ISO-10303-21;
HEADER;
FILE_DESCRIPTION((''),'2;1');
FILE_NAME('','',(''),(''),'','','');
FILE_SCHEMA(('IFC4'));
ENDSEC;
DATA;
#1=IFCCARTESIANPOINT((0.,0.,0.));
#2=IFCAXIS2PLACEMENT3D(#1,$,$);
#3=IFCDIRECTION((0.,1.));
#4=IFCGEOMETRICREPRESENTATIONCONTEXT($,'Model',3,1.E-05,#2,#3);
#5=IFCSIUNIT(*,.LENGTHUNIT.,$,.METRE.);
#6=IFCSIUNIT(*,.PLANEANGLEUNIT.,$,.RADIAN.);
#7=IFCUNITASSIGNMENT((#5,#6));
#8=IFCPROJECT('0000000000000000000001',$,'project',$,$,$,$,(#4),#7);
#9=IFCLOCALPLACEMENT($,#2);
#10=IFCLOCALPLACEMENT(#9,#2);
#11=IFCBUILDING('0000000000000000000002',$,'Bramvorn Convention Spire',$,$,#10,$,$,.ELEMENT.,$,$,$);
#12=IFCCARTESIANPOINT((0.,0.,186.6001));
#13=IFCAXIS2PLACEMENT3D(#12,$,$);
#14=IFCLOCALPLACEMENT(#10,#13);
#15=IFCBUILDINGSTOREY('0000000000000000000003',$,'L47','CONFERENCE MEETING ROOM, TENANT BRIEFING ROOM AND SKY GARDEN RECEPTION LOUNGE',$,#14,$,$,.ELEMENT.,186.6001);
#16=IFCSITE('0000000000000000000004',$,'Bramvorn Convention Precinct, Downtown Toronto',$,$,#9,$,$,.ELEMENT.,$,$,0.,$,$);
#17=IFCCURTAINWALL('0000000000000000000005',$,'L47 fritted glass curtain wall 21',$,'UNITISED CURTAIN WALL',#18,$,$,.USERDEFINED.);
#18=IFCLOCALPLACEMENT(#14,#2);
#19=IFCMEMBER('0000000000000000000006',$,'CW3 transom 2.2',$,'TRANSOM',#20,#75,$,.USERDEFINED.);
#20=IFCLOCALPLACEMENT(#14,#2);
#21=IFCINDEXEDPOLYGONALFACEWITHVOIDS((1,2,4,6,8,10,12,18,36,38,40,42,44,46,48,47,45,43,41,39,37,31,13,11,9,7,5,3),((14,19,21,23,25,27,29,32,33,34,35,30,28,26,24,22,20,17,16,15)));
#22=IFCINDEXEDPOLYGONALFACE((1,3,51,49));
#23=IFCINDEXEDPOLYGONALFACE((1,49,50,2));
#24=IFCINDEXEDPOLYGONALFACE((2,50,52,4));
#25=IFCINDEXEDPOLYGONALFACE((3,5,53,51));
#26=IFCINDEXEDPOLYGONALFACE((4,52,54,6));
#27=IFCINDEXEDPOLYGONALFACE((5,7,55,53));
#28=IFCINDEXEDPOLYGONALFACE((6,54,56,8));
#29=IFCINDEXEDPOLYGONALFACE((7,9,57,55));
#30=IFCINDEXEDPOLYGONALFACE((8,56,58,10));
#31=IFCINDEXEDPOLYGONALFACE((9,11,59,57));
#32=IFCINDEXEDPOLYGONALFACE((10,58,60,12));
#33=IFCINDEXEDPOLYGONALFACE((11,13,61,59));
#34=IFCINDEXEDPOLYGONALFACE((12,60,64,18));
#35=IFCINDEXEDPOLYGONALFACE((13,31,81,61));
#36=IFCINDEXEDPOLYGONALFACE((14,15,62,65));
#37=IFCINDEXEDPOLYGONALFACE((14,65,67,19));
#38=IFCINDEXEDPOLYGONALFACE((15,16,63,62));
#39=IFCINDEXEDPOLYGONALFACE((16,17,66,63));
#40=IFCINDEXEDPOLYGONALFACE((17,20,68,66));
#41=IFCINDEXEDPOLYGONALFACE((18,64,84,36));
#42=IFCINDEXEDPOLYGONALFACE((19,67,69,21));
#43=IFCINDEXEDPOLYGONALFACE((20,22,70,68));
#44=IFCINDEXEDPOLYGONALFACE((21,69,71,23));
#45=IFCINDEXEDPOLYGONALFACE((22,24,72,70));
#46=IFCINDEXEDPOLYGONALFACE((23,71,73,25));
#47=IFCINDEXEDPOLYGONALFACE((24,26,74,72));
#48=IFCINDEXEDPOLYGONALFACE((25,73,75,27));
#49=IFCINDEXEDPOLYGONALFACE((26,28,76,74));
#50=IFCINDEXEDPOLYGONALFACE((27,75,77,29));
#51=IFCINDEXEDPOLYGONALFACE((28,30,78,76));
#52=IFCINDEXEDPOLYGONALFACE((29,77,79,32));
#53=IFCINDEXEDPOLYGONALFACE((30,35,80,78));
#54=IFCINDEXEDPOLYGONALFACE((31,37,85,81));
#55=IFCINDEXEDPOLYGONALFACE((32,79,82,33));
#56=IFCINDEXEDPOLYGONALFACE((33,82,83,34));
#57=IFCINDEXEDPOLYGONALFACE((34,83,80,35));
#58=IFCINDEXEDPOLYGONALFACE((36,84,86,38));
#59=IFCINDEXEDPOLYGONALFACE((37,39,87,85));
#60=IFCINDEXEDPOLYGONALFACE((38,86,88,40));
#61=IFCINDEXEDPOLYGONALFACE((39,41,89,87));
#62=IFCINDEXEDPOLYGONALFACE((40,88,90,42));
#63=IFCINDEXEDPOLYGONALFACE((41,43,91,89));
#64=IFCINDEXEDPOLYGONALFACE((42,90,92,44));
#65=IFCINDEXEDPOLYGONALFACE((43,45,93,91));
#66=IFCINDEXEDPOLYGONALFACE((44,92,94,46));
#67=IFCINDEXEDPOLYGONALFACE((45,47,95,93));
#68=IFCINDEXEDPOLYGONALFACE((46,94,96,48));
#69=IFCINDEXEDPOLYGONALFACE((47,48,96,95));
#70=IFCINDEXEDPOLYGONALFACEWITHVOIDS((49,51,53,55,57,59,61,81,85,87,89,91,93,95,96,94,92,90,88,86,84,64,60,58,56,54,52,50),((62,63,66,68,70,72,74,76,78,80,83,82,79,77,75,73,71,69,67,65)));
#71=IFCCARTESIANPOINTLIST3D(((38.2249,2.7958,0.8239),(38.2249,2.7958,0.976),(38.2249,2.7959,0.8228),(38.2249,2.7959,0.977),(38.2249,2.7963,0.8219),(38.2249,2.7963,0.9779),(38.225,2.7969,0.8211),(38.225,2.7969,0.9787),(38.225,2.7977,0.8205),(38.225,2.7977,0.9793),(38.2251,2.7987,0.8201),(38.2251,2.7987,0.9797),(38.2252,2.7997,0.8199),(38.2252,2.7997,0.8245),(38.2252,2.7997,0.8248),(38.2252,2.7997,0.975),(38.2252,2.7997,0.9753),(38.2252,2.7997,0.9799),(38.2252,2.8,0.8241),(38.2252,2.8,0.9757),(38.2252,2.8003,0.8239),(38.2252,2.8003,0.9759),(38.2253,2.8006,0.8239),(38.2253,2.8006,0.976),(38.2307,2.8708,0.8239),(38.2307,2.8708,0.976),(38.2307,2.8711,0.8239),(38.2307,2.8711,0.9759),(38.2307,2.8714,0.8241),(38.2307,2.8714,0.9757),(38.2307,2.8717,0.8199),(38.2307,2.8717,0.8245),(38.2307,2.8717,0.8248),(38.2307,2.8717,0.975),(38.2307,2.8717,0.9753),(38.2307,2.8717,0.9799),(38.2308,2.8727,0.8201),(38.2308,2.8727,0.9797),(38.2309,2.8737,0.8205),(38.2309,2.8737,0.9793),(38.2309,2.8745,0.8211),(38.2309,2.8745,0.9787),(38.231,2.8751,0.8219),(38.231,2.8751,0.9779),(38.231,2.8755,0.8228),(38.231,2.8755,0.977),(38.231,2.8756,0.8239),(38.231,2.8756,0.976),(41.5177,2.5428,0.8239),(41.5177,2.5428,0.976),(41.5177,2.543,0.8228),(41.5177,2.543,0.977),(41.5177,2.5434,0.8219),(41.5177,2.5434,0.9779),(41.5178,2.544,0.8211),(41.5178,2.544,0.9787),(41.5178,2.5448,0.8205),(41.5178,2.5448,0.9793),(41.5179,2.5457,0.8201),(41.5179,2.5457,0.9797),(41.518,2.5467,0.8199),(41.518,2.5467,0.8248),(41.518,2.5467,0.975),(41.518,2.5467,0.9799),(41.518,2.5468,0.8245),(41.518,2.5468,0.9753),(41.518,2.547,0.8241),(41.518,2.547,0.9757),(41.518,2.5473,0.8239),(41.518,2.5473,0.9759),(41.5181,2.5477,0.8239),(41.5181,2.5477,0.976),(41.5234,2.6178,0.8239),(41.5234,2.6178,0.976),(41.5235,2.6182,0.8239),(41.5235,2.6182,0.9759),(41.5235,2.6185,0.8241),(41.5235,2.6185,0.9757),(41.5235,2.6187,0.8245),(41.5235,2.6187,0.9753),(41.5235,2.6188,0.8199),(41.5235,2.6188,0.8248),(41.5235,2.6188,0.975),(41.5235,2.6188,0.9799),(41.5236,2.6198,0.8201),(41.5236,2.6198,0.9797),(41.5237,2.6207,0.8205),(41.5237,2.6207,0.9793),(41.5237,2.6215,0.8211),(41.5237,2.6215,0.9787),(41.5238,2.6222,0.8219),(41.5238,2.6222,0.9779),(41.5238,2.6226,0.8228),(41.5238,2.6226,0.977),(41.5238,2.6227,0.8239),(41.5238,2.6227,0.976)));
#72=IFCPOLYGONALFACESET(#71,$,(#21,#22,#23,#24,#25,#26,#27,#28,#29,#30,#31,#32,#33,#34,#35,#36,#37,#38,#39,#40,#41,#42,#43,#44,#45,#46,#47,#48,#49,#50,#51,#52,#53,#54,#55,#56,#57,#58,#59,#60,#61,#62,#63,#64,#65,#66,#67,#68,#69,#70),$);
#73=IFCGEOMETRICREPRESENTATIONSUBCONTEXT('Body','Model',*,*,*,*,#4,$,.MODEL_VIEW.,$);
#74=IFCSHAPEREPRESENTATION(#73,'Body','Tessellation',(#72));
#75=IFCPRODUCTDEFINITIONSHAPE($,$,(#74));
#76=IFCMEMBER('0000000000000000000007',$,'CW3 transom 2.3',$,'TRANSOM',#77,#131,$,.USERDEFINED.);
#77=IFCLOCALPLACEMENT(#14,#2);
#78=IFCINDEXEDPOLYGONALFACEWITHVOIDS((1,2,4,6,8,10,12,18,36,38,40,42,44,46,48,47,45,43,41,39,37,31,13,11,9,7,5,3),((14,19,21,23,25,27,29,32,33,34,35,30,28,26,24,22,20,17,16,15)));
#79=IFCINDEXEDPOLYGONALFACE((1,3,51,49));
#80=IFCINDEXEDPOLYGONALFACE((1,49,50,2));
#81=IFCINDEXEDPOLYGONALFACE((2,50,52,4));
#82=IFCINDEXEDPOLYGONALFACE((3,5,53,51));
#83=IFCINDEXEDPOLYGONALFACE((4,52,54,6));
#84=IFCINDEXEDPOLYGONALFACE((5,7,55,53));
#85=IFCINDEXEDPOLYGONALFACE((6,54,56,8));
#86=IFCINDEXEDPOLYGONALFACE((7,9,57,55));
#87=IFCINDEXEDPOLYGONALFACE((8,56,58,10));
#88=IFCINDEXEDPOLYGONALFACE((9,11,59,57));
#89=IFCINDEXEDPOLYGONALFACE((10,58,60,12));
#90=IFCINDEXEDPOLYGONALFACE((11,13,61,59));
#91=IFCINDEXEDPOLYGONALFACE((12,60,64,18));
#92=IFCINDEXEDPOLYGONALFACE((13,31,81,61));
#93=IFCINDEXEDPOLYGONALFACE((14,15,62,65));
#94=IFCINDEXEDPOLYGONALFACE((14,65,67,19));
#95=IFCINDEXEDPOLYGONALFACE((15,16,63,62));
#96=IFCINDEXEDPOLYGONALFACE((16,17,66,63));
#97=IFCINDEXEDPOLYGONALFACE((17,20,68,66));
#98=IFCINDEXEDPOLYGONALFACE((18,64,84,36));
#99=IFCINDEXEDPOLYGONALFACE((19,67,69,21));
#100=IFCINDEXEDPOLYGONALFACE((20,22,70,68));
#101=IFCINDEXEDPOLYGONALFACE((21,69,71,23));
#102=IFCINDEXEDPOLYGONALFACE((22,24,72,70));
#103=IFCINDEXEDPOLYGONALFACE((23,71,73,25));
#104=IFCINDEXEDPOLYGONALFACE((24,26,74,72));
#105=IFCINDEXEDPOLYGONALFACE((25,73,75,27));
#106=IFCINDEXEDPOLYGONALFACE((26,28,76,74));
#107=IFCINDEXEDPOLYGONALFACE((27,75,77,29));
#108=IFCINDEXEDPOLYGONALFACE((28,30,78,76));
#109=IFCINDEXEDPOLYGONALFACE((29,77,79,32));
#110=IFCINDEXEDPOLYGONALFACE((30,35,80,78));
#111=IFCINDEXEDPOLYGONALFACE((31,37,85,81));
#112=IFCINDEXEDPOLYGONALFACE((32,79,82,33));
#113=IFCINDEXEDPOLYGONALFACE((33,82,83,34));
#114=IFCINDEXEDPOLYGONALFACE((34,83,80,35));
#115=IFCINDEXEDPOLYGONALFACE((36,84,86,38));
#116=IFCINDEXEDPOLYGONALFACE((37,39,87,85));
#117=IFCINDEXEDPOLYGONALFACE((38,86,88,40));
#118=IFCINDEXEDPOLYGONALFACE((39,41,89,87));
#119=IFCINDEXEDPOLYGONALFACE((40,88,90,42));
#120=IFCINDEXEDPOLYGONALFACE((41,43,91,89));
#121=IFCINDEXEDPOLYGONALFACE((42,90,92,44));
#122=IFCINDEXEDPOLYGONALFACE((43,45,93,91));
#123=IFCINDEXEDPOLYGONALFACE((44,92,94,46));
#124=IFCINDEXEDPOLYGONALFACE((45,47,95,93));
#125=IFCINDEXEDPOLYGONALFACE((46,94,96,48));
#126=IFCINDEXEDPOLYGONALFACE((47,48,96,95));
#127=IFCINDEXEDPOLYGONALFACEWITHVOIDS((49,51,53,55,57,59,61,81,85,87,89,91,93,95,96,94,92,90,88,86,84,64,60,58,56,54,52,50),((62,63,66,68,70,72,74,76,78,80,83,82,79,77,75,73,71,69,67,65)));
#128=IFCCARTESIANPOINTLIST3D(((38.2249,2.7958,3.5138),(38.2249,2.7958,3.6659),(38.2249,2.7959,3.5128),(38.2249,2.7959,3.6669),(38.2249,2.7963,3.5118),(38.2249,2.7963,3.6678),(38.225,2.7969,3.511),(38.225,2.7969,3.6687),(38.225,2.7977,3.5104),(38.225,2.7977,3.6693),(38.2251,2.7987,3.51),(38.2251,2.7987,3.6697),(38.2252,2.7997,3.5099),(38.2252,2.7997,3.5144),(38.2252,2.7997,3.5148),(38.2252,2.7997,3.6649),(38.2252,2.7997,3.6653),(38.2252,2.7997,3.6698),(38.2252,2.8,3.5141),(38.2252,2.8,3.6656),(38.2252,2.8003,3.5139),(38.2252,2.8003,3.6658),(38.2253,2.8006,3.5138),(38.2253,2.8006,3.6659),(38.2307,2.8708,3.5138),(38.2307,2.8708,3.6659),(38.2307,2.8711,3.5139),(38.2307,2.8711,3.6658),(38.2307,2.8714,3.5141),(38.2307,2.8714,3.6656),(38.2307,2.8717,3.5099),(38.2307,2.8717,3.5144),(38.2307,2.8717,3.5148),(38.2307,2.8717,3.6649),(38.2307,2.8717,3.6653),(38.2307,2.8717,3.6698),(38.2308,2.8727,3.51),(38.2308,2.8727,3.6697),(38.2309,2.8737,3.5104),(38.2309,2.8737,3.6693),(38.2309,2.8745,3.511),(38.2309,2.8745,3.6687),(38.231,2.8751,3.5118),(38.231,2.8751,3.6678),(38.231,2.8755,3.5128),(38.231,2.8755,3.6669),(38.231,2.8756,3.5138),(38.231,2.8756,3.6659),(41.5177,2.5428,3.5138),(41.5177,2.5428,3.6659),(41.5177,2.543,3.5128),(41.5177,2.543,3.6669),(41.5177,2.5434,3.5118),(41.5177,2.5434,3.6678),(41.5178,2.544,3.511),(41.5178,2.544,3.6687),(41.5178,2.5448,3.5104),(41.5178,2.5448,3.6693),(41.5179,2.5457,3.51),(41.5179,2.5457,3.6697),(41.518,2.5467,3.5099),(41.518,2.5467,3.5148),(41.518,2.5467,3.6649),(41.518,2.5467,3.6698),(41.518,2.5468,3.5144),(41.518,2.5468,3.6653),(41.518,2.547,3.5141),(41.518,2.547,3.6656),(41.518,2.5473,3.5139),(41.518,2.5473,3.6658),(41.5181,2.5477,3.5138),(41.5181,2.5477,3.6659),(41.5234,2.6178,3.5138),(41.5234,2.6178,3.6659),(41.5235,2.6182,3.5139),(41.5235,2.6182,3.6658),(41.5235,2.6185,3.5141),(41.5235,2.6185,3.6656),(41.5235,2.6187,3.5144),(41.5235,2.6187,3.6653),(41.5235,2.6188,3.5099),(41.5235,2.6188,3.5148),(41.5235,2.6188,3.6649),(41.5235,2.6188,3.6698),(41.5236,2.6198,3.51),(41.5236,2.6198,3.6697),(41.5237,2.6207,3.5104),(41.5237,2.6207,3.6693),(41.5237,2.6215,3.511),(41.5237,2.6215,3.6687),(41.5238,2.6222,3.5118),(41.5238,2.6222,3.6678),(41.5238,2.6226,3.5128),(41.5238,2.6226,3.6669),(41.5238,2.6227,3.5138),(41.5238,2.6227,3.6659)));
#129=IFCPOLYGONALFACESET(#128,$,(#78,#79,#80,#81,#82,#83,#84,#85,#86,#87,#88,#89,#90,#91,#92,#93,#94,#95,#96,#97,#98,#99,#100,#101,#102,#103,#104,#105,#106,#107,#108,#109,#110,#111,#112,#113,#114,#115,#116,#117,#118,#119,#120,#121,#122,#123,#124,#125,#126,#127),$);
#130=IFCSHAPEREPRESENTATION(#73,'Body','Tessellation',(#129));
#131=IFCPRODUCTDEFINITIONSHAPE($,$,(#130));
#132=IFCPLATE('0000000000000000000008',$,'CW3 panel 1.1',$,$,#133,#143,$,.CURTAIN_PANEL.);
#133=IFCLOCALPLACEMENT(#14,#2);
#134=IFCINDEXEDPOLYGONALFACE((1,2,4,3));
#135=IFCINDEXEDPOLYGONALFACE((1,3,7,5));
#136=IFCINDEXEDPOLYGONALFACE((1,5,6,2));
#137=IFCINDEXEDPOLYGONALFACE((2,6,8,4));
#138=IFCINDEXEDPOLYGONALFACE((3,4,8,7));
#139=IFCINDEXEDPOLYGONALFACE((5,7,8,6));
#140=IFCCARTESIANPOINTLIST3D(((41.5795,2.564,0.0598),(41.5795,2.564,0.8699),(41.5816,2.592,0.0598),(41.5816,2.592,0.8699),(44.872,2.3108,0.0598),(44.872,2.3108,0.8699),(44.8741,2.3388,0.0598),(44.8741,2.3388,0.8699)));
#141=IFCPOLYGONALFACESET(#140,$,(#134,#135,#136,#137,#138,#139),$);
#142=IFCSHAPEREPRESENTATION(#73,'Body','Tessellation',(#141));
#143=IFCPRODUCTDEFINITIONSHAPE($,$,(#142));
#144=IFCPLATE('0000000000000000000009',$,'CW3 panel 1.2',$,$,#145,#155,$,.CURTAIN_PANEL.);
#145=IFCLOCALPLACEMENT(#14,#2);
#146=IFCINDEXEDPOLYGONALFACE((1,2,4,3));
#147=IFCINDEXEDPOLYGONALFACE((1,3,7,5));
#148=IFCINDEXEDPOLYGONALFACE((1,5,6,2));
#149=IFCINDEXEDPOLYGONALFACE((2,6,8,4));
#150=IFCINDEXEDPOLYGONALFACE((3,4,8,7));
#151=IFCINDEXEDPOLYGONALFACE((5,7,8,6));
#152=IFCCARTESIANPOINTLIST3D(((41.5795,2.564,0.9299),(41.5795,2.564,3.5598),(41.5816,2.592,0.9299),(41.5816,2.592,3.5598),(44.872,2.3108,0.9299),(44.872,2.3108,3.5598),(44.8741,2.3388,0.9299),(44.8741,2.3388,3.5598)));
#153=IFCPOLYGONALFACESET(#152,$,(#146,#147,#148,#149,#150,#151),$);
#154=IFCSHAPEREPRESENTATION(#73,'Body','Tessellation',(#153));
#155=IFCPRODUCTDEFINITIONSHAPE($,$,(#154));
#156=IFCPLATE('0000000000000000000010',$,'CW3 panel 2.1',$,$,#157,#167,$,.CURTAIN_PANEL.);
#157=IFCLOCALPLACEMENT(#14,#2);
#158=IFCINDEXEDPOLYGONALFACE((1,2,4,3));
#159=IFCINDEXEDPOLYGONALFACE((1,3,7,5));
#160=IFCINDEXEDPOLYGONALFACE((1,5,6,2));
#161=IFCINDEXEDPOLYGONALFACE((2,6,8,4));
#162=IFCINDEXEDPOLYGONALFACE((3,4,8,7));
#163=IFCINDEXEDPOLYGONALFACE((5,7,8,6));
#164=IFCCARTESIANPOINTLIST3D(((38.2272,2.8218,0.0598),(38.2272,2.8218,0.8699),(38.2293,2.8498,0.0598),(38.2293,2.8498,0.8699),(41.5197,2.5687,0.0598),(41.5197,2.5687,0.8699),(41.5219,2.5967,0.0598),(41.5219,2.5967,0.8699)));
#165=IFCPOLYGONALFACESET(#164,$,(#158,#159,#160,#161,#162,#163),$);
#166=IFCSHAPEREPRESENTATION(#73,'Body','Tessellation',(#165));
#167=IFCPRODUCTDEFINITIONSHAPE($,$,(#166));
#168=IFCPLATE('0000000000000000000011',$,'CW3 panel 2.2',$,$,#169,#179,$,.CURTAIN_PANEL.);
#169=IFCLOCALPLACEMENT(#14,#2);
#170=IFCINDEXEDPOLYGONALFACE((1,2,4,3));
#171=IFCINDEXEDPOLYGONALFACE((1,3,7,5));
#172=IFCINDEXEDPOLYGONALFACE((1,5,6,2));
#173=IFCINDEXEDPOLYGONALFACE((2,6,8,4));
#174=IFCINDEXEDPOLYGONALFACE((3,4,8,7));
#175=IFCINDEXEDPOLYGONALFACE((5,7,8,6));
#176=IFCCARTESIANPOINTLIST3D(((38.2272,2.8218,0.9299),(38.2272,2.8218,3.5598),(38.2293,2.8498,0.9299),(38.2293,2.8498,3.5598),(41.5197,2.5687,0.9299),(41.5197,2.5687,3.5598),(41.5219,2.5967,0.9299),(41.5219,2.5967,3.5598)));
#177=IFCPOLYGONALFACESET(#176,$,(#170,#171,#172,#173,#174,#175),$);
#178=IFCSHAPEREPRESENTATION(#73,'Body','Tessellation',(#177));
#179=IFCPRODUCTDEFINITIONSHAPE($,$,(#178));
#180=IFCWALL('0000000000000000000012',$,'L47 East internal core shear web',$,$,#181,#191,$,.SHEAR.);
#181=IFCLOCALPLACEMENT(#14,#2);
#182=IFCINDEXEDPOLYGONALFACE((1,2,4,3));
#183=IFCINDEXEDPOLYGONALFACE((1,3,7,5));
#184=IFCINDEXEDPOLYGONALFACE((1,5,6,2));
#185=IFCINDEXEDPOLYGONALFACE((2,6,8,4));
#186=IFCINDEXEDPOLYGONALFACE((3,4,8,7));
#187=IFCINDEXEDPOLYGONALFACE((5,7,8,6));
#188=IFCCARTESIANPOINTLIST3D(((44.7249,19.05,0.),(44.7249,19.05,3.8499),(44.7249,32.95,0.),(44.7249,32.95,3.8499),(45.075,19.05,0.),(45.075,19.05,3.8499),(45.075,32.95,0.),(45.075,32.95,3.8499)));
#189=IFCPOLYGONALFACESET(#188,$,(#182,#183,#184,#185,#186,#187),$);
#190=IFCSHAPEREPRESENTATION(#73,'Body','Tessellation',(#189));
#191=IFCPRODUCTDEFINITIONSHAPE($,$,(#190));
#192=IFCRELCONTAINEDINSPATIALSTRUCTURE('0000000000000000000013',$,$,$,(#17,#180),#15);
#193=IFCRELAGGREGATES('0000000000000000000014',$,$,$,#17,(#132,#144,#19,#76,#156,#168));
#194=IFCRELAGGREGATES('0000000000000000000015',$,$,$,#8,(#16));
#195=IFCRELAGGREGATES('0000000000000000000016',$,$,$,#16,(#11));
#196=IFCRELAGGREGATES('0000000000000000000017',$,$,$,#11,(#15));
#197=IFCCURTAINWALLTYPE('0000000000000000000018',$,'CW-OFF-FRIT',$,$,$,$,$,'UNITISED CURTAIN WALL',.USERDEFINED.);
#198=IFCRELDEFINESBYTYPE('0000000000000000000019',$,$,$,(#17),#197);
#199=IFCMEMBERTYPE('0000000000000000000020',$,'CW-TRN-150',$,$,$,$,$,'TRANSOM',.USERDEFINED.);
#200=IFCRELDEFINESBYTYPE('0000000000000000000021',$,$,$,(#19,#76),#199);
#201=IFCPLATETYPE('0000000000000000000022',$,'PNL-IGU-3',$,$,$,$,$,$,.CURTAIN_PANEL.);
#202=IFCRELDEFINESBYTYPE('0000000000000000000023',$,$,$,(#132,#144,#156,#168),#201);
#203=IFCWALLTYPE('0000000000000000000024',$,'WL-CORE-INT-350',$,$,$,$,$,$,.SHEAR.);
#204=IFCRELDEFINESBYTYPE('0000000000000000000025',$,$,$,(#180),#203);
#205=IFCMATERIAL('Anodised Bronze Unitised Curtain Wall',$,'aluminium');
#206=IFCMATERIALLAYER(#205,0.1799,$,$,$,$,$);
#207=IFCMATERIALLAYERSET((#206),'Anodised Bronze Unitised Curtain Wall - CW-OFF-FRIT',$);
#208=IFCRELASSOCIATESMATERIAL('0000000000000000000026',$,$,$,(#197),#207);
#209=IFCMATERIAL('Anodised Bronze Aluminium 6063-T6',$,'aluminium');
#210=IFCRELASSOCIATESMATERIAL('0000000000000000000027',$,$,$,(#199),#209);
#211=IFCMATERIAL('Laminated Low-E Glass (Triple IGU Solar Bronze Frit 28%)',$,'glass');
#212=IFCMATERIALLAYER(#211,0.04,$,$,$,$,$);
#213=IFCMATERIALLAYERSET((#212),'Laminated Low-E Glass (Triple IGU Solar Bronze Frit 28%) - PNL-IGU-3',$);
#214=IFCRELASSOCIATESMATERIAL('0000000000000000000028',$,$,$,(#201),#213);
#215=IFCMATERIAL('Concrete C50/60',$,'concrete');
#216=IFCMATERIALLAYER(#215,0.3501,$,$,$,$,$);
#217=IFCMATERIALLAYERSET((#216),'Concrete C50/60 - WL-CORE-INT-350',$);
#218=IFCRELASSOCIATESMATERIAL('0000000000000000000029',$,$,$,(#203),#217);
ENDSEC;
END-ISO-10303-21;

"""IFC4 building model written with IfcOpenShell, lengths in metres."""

from ifc_helpers import new_model, si_unit, direction, frame, frame_2d, origin, origin_2d, place, context, subcontext, project, spatial, rectangle, hollow_rectangle, extrude, material, layer, layer_set, material_profile, profile_set, type_object, element, aggregate, save


model = new_model("IFC4")

# Units and contexts
model_context = context("Model", 3, precision=1e-05, world=origin(), true_north=direction((0.0, 1.0)))
body_context = subcontext(model_context, "Body", "Model", "MODEL_VIEW")
ifc_project = project(units=[si_unit("LENGTHUNIT", "METRE"), si_unit("PLANEANGLEUNIT", "RADIAN")], contexts=[model_context])

# Site, building, storey
site_placement = place(None, origin())
site = spatial("IfcSite", under=ifc_project, at=site_placement, Name="Bramvorn Convention Precinct, Downtown Toronto", CompositionType="ELEMENT", RefElevation=0.0)
building_placement = place(site_placement, origin())
building = spatial("IfcBuilding", under=site, at=building_placement, Name="Bramvorn Convention Spire", CompositionType="ELEMENT")
storey_placement = place(building_placement, frame((0.0, 0.0, 186.6001)))
storey = spatial("IfcBuildingStorey", under=building, at=storey_placement, Name="L47", Description="CONFERENCE MEETING ROOM, TENANT BRIEFING ROOM AND SKY GARDEN RECEPTION LOUNGE", CompositionType="ELEMENT", Elevation=186.6001)

# Curtain wall
ifc_material_1 = material(Name="Anodised Bronze Unitised Curtain Wall", Category="aluminium")
ifc_layer_1 = layer(ifc_material_1, 0.1799)
ifc_layer_set_1 = layer_set([ifc_layer_1], Name="Anodised Bronze Unitised Curtain Wall - CW-OFF-FRIT")
curtain_wall_type = type_object("IfcCurtainWallType", Name="CW-OFF-FRIT", ElementType="UNITISED CURTAIN WALL", PredefinedType="USERDEFINED", material=ifc_layer_set_1)
curtain_wall_1_placement = place(storey_placement, origin())
curtain_wall_1 = element("IfcCurtainWall", 1, at=curtain_wall_1_placement, inside=storey, type_object=curtain_wall_type, Name="L47 fritted glass curtain wall 21", ObjectType="UNITISED CURTAIN WALL", PredefinedType="USERDEFINED")
ifc_material_2 = material(Name="Anodised Bronze Aluminium 6063-T6", Category="aluminium")

# Members
ifc_material_profile_1 = material_profile(ifc_material_2, hollow_rectangle(XDim=0.0801, YDim=0.1599, WallThickness=0.0039, InnerFilletRadius=0.001, OuterFilletRadius=0.0039, at=origin_2d()))
ifc_profile_set_1 = profile_set([ifc_material_profile_1], Name="Anodised Bronze Aluminium 6063-T6 - CWT80X160")
member_type_1 = type_object("IfcMemberType", Name="CW-TRN-150", ElementType="TRANSOM", PredefinedType="USERDEFINED", material=ifc_profile_set_1)
member_1_placement = place(storey_placement, frame((41.5208, 2.5828, 0.8999), z_axis=(-0.997063, 0.076589, 0.0), x_axis=(-0.076589, -0.997063, 0.0)))
member_1 = element("IfcMember", 2, at=member_1_placement, type_object=member_type_1, Name="CW3 transom 2.2", ObjectType="TRANSOM", PredefinedType="USERDEFINED", context=body_context, shape_type="SweptSolid", body=[
    extrude(hollow_rectangle(XDim=0.0801, YDim=0.1599, WallThickness=0.0039, InnerFilletRadius=0.001, OuterFilletRadius=0.0039, at=origin_2d()), origin(), (0.0, 0.0, 1.0), 3.3025),
])
member_2_placement = place(storey_placement, frame((41.5208, 2.5828, 3.5898), z_axis=(-0.997063, 0.076589, 0.0), x_axis=(-0.076589, -0.997063, 0.0)))
member_2 = element("IfcMember", 3, at=member_2_placement, type_object=member_type_1, Name="CW3 transom 2.3", ObjectType="TRANSOM", PredefinedType="USERDEFINED", context=body_context, shape_type="SweptSolid", body=[
    extrude(hollow_rectangle(XDim=0.0801, YDim=0.1599, WallThickness=0.0039, InnerFilletRadius=0.001, OuterFilletRadius=0.0039, at=origin_2d()), origin(), (0.0, 0.0, 1.0), 3.3025),
])

# Plates
ifc_material_3 = material(Name="Laminated Low-E Glass (Triple IGU Solar Bronze Frit 28%)", Category="glass")
ifc_layer_2 = layer(ifc_material_3, 0.04)
ifc_layer_set_2 = layer_set([ifc_layer_2], Name="Laminated Low-E Glass (Triple IGU Solar Bronze Frit 28%) - PNL-IGU-3")
plate_type = type_object("IfcPlateType", Name="PNL-IGU-3", PredefinedType="CURTAIN_PANEL", material=ifc_layer_set_2)
plate_1_placement = place(storey_placement, frame((43.2268, 2.4514, 0.0598), z_axis=(0.0, 0.0, 1.0), x_axis=(-0.997057, 0.076659, 0.0)))
plate_1 = element("IfcPlate", 4, at=plate_1_placement, type_object=plate_type, Name="CW3 panel 1.1", PredefinedType="CURTAIN_PANEL", context=body_context, shape_type="SweptSolid", body=[
    extrude(rectangle(XDim=3.3022, YDim=0.0281, at=origin_2d()), origin(), (0.0, 0.0, 1.0), 0.8101),
])
plate_2_placement = place(storey_placement, frame((43.2268, 2.4514, 0.9299), z_axis=(0.0, 0.0, 1.0), x_axis=(-0.997057, 0.076659, 0.0)))
plate_2 = element("IfcPlate", 5, at=plate_2_placement, type_object=plate_type, Name="CW3 panel 1.2", PredefinedType="CURTAIN_PANEL", context=body_context, shape_type="SweptSolid", body=[
    extrude(rectangle(XDim=3.3022, YDim=0.0281, at=origin_2d()), origin(), (0.0, 0.0, 1.0), 2.6299),
])
plate_3_placement = place(storey_placement, frame((39.8745, 2.7092, 0.0598), z_axis=(0.0, 0.0, 1.0), x_axis=(-0.997057, 0.076659, 0.0)))
plate_3 = element("IfcPlate", 6, at=plate_3_placement, type_object=plate_type, Name="CW3 panel 2.1", PredefinedType="CURTAIN_PANEL", context=body_context, shape_type="SweptSolid", body=[
    extrude(rectangle(XDim=3.3022, YDim=0.0281, at=origin_2d()), origin(), (0.0, 0.0, 1.0), 0.8101),
])
plate_4_placement = place(storey_placement, frame((39.8745, 2.7092, 0.9299), z_axis=(0.0, 0.0, 1.0), x_axis=(-0.997057, 0.076659, 0.0)))
plate_4 = element("IfcPlate", 7, at=plate_4_placement, type_object=plate_type, Name="CW3 panel 2.2", PredefinedType="CURTAIN_PANEL", context=body_context, shape_type="SweptSolid", body=[
    extrude(rectangle(XDim=3.3022, YDim=0.0281, at=origin_2d()), origin(), (0.0, 0.0, 1.0), 2.6299),
])
aggregate(curtain_wall_1, [plate_1, plate_2, member_1, member_2, plate_3, plate_4])

# Wall
ifc_material_4 = material(Name="Concrete C50/60", Category="concrete")
ifc_layer_3 = layer(ifc_material_4, 0.3501)
ifc_layer_set_3 = layer_set([ifc_layer_3], Name="Concrete C50/60 - WL-CORE-INT-350")
wall_type_1 = type_object("IfcWallType", Name="WL-CORE-INT-350", PredefinedType="SHEAR", material=ifc_layer_set_3)
wall_1_placement = place(storey_placement, frame((44.8999, 19.05, 0.0), z_axis=(0.0, 0.0, 1.0), x_axis=(0.0, 1.0, 0.0)))
element("IfcWall", 8, at=wall_1_placement, inside=storey, type_object=wall_type_1, Name="L47 East internal core shear web", PredefinedType="SHEAR", context=body_context, shape_type="SweptSolid", body=[
    extrude(rectangle(XDim=13.8999, YDim=0.3501, at=frame_2d((6.95, 0.0))), origin(), (0.0, 0.0, 1.0), 3.8499),
])

save(model, "model.ifc")
